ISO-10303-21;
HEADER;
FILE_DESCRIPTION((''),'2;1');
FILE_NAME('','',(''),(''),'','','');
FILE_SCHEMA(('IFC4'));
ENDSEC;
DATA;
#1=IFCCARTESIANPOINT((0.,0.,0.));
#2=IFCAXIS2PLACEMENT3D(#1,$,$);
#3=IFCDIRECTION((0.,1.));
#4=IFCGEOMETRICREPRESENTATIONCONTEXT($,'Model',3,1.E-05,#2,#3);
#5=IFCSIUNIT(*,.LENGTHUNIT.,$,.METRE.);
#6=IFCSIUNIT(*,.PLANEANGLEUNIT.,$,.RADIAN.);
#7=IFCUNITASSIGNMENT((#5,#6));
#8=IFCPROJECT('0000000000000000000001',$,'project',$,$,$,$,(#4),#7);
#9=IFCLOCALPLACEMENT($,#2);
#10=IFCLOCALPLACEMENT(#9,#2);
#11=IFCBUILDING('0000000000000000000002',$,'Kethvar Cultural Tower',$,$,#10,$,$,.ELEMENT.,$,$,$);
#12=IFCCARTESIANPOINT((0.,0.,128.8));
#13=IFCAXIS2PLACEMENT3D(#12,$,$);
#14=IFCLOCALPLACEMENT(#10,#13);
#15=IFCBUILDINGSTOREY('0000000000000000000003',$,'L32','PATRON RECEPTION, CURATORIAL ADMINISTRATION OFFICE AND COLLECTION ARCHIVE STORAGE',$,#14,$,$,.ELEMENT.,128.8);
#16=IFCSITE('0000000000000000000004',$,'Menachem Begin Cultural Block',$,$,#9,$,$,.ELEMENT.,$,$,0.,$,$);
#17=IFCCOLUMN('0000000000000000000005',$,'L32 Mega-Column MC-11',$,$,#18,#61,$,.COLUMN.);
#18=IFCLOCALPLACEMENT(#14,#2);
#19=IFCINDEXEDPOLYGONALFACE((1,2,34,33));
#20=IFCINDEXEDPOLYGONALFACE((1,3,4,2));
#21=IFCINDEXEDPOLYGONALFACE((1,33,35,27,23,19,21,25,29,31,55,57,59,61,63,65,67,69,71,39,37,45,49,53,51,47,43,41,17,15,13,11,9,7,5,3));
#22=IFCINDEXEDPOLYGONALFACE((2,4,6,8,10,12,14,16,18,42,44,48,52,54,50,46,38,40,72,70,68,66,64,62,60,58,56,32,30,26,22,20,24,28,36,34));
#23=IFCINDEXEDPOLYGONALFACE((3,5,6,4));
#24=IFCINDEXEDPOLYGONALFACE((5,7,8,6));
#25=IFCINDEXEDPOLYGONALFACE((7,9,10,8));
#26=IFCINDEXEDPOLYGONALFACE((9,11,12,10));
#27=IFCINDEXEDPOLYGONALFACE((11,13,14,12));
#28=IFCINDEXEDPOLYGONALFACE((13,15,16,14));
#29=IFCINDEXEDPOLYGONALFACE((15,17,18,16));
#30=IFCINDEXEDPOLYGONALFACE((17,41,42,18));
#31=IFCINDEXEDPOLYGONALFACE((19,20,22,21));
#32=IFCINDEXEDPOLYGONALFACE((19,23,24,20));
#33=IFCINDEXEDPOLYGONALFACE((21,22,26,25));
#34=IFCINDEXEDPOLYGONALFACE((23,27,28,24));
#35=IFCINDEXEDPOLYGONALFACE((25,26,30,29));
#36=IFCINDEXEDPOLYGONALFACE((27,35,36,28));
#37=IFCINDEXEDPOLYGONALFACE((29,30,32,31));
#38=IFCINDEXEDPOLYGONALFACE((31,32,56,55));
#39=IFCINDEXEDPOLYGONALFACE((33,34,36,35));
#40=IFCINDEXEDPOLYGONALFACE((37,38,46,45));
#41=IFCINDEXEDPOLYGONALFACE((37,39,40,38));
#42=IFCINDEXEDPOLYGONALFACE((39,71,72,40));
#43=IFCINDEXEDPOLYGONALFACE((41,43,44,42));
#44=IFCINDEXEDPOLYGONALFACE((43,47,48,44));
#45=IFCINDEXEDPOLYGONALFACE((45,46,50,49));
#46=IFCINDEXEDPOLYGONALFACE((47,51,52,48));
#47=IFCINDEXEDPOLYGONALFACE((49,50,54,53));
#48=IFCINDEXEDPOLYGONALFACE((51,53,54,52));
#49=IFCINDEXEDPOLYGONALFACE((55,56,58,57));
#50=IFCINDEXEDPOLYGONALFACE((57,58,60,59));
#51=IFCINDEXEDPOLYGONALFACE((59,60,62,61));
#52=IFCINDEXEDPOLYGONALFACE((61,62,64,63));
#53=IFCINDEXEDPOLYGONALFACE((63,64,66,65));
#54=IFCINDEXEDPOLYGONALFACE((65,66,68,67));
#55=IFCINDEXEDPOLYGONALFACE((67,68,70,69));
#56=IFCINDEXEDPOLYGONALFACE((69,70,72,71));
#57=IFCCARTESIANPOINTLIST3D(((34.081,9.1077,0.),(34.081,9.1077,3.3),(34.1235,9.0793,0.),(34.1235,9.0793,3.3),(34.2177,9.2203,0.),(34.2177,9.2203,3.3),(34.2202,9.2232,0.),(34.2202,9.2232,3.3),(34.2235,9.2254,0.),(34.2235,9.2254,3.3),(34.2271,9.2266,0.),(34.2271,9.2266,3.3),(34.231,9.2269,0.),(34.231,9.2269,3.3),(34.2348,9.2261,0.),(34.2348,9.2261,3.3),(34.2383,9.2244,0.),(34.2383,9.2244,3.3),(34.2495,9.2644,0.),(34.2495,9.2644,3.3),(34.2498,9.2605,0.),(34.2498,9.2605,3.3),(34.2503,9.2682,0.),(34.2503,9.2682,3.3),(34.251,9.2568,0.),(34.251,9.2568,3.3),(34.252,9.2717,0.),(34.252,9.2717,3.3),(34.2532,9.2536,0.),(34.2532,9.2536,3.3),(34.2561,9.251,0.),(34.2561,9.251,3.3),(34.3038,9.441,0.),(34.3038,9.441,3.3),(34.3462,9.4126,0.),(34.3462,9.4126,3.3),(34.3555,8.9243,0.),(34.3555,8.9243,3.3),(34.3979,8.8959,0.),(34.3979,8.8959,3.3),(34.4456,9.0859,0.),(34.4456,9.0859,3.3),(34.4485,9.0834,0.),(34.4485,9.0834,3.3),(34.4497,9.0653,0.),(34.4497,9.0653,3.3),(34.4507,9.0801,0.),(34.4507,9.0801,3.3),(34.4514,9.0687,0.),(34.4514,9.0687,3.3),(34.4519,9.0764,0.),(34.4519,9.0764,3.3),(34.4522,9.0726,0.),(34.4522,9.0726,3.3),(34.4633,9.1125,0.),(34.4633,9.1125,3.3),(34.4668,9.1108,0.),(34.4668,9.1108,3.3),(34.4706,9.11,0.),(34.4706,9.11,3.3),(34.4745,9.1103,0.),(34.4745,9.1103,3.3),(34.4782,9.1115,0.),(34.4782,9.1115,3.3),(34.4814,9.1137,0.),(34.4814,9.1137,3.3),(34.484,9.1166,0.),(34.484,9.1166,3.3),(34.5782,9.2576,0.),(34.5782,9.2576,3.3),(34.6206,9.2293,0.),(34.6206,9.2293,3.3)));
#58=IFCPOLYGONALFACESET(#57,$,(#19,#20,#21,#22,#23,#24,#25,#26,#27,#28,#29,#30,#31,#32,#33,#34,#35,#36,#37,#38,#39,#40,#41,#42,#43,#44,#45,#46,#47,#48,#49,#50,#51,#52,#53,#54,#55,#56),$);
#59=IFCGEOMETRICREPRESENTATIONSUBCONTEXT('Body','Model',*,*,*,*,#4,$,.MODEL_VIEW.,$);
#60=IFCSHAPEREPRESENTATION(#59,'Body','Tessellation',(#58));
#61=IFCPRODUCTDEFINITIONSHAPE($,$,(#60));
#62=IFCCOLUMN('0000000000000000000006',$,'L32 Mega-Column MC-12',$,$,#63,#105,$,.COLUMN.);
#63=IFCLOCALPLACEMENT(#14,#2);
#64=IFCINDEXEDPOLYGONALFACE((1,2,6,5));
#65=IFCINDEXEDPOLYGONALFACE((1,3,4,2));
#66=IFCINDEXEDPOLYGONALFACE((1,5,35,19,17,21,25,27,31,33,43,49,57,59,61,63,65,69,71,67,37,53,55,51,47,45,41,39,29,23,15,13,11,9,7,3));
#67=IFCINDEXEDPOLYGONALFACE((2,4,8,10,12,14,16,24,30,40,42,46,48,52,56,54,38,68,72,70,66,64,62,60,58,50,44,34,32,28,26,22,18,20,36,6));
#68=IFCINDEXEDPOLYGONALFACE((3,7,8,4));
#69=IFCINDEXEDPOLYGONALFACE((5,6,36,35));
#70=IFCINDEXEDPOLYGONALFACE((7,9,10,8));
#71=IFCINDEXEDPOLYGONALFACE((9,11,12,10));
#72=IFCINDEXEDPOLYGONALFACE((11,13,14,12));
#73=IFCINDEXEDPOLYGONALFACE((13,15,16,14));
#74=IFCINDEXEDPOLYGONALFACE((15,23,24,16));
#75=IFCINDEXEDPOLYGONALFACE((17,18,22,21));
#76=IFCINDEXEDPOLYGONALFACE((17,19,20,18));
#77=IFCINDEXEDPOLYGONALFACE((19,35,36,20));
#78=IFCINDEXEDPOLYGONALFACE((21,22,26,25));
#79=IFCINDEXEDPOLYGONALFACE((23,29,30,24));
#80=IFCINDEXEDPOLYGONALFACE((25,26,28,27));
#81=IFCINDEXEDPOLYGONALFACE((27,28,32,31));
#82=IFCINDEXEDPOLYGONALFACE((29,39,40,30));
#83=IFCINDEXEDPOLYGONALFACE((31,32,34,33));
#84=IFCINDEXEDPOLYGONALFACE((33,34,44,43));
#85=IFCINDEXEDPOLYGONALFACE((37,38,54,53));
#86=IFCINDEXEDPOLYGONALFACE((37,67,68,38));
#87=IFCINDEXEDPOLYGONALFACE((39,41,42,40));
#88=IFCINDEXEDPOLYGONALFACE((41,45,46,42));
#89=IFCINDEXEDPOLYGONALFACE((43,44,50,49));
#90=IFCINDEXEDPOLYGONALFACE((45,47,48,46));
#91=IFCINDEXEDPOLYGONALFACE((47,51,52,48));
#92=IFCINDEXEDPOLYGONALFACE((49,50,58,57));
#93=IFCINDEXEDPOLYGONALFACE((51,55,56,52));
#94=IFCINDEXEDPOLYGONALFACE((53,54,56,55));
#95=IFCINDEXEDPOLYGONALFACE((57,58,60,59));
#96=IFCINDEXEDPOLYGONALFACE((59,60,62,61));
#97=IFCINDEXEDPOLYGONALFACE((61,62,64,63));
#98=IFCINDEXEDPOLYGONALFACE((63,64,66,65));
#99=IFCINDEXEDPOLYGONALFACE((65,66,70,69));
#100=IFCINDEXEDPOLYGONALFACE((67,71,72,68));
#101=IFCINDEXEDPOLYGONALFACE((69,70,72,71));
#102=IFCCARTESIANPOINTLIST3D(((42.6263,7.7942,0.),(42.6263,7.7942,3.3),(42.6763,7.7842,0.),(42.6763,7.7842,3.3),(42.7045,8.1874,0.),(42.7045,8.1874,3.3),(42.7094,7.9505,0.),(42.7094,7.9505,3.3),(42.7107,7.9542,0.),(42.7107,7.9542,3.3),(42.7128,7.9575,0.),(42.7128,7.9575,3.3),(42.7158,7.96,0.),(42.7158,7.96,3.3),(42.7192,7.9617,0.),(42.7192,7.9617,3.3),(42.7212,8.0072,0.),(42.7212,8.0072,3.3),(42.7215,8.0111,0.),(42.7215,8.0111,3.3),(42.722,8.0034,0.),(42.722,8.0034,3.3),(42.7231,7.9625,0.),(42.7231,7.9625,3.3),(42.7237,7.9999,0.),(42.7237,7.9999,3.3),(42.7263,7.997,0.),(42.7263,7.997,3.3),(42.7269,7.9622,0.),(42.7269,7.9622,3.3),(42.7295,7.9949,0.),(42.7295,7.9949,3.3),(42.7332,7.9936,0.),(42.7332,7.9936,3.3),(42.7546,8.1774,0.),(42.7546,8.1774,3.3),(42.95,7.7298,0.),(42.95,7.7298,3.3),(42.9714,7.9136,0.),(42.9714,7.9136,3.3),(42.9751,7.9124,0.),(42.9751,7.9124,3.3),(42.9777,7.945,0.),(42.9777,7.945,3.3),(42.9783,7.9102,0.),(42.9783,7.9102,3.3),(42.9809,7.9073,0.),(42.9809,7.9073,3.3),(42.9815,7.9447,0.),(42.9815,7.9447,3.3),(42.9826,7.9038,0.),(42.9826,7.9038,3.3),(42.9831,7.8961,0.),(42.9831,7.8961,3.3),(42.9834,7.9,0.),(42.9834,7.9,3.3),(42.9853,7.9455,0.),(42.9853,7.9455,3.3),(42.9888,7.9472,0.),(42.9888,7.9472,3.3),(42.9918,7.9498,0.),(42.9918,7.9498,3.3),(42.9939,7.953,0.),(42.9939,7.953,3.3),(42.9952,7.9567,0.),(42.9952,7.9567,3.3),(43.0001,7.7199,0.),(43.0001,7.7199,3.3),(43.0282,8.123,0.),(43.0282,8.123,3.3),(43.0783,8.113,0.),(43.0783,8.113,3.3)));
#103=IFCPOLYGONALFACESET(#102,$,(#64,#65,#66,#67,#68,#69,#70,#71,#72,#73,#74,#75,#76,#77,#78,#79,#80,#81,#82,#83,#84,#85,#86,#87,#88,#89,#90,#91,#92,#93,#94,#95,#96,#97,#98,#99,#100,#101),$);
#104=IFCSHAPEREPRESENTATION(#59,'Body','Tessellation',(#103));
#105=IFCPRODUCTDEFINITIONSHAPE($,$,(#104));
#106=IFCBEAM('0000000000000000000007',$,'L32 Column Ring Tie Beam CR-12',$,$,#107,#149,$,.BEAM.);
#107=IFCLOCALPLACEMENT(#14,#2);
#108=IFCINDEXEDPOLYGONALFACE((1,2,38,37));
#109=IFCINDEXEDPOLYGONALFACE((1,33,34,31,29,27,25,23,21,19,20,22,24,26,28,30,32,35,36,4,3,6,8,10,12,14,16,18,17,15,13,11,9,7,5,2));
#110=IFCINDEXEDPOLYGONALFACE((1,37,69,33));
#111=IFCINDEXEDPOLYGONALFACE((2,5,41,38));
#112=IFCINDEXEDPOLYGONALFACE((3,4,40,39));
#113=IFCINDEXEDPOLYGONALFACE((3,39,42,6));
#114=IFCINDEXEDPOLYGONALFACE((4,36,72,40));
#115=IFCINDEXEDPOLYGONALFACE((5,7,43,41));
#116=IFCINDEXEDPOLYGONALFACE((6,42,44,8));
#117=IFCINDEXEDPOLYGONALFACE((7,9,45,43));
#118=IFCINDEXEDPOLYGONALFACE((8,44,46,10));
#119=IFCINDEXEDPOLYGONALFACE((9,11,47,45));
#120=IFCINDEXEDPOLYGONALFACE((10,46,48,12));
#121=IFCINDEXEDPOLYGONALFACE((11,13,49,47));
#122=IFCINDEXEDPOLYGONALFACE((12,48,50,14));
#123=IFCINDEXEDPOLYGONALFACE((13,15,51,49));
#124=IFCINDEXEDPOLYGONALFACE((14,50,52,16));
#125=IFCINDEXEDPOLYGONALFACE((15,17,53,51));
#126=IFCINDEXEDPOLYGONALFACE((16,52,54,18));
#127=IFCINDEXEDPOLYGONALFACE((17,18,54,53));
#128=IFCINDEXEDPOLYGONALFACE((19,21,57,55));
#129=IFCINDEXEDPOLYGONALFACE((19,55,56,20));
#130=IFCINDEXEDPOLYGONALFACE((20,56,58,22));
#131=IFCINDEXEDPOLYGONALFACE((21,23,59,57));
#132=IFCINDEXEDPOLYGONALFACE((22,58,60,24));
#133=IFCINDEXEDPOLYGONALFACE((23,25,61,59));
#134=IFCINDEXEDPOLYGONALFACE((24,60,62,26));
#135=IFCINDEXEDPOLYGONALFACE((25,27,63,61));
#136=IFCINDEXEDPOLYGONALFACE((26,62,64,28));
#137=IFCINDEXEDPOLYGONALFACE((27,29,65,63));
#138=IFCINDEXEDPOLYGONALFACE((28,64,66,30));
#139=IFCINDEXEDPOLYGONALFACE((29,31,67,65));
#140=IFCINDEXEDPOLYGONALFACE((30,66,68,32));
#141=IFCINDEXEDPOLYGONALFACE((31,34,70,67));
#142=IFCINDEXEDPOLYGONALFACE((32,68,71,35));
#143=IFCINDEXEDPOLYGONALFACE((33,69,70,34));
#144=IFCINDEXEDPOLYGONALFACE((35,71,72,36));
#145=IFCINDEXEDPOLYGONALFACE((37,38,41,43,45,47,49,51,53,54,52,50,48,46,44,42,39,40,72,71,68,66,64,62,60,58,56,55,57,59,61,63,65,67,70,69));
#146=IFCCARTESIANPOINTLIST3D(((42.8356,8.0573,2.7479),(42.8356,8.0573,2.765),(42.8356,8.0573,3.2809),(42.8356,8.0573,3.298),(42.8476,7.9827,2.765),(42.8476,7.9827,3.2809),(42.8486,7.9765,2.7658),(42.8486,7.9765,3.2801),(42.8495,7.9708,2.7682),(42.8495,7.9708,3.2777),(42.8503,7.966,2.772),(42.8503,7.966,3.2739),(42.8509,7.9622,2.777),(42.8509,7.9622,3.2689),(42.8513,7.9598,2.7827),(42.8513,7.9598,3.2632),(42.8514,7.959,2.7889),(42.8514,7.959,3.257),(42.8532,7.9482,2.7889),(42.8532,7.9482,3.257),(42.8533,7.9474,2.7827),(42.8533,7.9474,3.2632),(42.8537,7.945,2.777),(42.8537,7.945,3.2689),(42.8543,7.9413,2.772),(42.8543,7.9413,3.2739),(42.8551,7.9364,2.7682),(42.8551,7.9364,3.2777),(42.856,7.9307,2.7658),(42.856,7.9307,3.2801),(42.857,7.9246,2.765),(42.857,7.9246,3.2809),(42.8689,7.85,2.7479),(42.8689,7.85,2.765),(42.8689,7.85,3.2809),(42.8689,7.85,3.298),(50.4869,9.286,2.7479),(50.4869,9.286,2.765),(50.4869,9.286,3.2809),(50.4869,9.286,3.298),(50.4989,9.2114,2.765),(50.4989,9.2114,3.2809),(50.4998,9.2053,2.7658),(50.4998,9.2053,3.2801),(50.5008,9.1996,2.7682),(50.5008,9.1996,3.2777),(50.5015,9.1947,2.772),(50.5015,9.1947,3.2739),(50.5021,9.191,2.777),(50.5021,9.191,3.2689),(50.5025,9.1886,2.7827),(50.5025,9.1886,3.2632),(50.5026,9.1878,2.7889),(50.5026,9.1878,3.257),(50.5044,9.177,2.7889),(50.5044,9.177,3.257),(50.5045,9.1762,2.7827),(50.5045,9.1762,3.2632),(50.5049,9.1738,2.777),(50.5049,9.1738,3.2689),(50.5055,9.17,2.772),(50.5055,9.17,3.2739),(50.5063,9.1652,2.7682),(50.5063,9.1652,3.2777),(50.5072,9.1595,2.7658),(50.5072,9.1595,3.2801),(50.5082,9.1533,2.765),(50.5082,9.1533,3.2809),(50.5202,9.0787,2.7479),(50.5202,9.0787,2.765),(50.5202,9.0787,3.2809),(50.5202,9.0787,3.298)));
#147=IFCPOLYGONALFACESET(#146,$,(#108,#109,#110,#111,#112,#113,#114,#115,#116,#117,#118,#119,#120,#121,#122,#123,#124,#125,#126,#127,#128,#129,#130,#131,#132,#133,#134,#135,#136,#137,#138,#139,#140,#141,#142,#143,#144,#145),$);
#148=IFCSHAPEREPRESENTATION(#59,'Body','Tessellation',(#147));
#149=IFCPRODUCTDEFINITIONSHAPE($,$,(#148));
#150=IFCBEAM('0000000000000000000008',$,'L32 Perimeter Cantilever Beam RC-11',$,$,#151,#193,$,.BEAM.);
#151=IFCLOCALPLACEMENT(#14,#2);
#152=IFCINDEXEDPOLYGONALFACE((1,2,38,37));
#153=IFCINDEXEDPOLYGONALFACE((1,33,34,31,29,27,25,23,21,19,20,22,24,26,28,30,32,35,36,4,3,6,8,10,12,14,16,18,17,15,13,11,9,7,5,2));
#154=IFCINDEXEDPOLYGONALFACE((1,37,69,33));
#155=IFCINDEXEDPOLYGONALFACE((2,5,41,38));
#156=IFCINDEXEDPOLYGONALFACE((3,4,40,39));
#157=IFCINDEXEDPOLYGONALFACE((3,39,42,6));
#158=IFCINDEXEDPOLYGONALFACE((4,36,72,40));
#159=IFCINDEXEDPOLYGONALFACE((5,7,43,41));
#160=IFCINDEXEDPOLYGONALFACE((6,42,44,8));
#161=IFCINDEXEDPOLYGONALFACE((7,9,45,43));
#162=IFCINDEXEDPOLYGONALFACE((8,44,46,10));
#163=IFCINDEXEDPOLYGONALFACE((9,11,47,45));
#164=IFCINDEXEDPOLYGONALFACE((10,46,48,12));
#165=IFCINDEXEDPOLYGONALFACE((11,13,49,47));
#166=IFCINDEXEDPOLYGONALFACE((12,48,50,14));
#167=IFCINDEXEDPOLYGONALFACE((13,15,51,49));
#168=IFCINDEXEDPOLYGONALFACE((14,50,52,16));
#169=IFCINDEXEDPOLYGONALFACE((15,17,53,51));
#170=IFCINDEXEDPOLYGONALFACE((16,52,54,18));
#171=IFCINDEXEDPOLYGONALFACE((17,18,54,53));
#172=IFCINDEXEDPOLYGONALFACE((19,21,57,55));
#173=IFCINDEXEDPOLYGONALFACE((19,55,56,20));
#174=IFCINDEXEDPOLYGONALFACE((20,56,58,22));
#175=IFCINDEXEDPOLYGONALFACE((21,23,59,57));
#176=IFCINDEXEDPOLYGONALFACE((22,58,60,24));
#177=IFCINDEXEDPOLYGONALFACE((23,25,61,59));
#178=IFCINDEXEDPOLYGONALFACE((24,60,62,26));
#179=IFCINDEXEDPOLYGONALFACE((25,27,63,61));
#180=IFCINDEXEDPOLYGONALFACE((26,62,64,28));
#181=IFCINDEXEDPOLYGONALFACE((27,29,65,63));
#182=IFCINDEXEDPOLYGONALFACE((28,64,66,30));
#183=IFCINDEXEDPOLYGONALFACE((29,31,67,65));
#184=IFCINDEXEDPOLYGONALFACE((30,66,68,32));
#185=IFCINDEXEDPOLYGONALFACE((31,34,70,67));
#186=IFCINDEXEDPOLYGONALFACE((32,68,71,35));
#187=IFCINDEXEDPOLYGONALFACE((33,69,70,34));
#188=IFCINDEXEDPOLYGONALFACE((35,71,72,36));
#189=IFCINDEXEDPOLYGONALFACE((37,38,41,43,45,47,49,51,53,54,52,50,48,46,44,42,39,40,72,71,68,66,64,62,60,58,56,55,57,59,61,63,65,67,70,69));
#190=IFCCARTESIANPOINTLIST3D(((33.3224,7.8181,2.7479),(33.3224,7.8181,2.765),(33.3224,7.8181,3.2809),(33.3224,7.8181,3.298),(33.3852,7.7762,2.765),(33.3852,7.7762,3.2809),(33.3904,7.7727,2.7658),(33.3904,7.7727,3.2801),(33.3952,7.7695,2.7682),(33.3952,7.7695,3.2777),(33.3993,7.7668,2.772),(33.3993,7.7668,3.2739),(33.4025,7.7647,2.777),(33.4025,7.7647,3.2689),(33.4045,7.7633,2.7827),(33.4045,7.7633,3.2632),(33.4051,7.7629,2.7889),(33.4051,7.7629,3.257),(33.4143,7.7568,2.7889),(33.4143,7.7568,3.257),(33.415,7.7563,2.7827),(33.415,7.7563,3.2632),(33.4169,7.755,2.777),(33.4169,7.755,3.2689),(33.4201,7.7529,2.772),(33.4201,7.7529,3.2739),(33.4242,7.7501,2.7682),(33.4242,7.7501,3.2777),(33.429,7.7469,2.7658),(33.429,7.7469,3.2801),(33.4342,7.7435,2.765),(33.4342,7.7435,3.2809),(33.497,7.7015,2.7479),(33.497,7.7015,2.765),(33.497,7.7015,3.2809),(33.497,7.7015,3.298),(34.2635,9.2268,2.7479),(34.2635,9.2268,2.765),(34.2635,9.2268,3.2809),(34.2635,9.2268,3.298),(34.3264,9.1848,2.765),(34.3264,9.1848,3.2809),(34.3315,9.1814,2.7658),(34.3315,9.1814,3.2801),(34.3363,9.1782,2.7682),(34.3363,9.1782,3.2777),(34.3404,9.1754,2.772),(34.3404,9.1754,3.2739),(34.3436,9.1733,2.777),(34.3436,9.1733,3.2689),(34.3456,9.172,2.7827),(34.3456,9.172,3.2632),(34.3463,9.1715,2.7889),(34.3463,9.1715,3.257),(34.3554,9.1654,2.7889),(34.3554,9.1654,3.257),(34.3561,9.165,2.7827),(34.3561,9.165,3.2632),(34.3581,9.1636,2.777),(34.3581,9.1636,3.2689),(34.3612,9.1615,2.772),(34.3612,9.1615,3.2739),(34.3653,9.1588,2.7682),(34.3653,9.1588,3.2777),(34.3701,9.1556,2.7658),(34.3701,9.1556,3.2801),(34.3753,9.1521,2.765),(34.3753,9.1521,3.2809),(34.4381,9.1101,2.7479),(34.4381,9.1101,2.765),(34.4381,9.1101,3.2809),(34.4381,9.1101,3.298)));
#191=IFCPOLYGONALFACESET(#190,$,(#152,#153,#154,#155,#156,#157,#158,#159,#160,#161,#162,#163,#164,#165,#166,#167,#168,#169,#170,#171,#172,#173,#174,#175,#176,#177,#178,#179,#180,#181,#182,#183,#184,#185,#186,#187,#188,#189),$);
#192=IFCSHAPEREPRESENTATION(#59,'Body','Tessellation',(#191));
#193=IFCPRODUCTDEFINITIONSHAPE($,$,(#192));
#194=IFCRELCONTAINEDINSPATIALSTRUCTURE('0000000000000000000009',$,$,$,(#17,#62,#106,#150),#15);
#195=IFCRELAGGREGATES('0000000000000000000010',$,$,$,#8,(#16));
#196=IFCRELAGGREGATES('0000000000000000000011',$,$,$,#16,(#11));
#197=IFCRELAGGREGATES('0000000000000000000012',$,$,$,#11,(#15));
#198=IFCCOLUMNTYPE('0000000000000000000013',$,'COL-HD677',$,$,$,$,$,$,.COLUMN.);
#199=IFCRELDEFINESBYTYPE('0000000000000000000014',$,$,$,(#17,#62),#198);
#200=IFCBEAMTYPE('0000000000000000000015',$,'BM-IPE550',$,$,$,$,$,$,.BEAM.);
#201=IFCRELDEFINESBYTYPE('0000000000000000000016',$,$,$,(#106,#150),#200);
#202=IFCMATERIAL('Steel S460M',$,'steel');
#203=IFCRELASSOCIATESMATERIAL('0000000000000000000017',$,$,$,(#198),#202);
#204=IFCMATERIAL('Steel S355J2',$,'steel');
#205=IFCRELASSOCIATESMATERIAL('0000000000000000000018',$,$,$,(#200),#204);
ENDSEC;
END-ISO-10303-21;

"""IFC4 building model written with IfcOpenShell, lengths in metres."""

from ifc_helpers import new_model, si_unit, direction, frame, origin, origin_2d, place, context, subcontext, project, spatial, i_section, extrude, source, transform, mapped, material, material_profile, profile_set, type_object, element, save


model = new_model("IFC4")

# Units and contexts
model_context = context("Model", 3, precision=1e-05, world=origin(), true_north=direction((0.0, 1.0)))
body_context = subcontext(model_context, "Body", "Model", "MODEL_VIEW")
ifc_project = project(units=[si_unit("LENGTHUNIT", "METRE"), si_unit("PLANEANGLEUNIT", "RADIAN")], contexts=[model_context])

# Site, building, storey
site_placement = place(None, origin())
site = spatial("IfcSite", under=ifc_project, at=site_placement, Name="Menachem Begin Cultural Block", CompositionType="ELEMENT", RefElevation=0.0)
building_placement = place(site_placement, origin())
building = spatial("IfcBuilding", under=site, at=building_placement, Name="Kethvar Cultural Tower", CompositionType="ELEMENT")
storey_placement = place(building_placement, frame((0.0, 0.0, 128.8)))
storey = spatial("IfcBuildingStorey", under=building, at=storey_placement, Name="L32", Description="PATRON RECEPTION, CURATORIAL ADMINISTRATION OFFICE AND COLLECTION ARCHIVE STORAGE", CompositionType="ELEMENT", Elevation=128.8)

# Columns
ifc_material_1 = material(Name="Steel S460M", Category="steel")
ifc_material_profile_1 = material_profile(ifc_material_1, i_section(OverallWidth=0.4009, OverallDepth=0.3811, WebThickness=0.032, FlangeThickness=0.051, FilletRadius=0.0149, at=origin_2d()), Name="Steel S460M — HD400x677")
ifc_profile_set_1 = profile_set([ifc_material_profile_1], Name="Steel S460M — HD400x677")
column_type = type_object("IfcColumnType", Name="COL-HD677", PredefinedType="COLUMN", material=ifc_profile_set_1)
shared_shape_1 = source(origin(), body_context, "Body", "SweptSolid", [
    extrude(i_section(OverallWidth=0.4009, OverallDepth=0.3811, WebThickness=0.032, FlangeThickness=0.051, FilletRadius=0.0149, at=origin_2d()), origin(), (0.0, 0.0, 1.0), 3.3),
])
for number, where, z_axis, x_axis, name in (
    (1, (34.3508, 9.1685, 0.0), (0.0, 0.0, 1.0), (-0.55557, -0.83147, 0.0), "L32 Mega-Column MC-11"),
    (2, (42.8523, 7.9536, 0.0), (0.0, 0.0, 1.0), (-0.19509, -0.980785, 0.0), "L32 Mega-Column MC-12"),
):
    element("IfcColumn", number, at=place(storey_placement, frame(where, z_axis=z_axis, x_axis=x_axis)), inside=storey, type_object=column_type, Name=name, PredefinedType="COLUMN", context=body_context, shape_type="MappedRepresentation", body=[
        mapped(shared_shape_1, transform((0.0, 0.0, 0.0), scale=1.0)),
    ])

# Beams
ifc_material_2 = material(Name="Steel S355J2", Category="steel")
ifc_material_profile_2 = material_profile(ifc_material_2, i_section(OverallWidth=0.21, OverallDepth=0.55, WebThickness=0.011, FlangeThickness=0.0171, FilletRadius=0.0239, at=origin_2d()), Name="Steel S355J2 — IPE550")
ifc_profile_set_2 = profile_set([ifc_material_profile_2], Name="Steel S355J2 — IPE550")
beam_type_1 = type_object("IfcBeamType", Name="BM-IPE550", PredefinedType="BEAM", material=ifc_profile_set_2)
shared_shape_2 = source(origin(), body_context, "Body", "SweptSolid", [
    extrude(i_section(OverallWidth=0.21, OverallDepth=0.55, WebThickness=0.011, FlangeThickness=0.0171, FilletRadius=0.0239, at=origin_2d()), origin(), (0.0, 0.0, 1.0), 7.7493),
])
beam_1_placement = place(storey_placement, frame((42.8523, 7.9536, 3.0229), z_axis=(0.987348, 0.158567, 0.0), x_axis=(-0.158567, 0.987348, 0.0)))
element("IfcBeam", 3, at=beam_1_placement, inside=storey, type_object=beam_type_1, Name="L32 Column Ring Tie Beam CR-12", PredefinedType="BEAM", context=body_context, shape_type="MappedRepresentation", body=[
    mapped(shared_shape_2, transform((0.0, 0.0, 0.0), scale=1.0)),
])
shared_shape_3 = source(origin(), body_context, "Body", "SweptSolid", [
    extrude(i_section(OverallWidth=0.21, OverallDepth=0.55, WebThickness=0.011, FlangeThickness=0.0171, FilletRadius=0.0239, at=origin_2d()), origin(), (0.0, 0.0, 1.0), 1.6941),
])
beam_2_placement = place(storey_placement, frame((34.3508, 9.1685, 3.0229), z_axis=(-0.555531, -0.831496, 0.0), x_axis=(0.831496, -0.555531, 0.0)))
element("IfcBeam", 4, at=beam_2_placement, inside=storey, type_object=beam_type_1, Name="L32 Perimeter Cantilever Beam RC-11", PredefinedType="BEAM", context=body_context, shape_type="MappedRepresentation", body=[
    mapped(shared_shape_3, transform((0.0, 0.0, 0.0), scale=1.0)),
])

save(model, "model.ifc")
